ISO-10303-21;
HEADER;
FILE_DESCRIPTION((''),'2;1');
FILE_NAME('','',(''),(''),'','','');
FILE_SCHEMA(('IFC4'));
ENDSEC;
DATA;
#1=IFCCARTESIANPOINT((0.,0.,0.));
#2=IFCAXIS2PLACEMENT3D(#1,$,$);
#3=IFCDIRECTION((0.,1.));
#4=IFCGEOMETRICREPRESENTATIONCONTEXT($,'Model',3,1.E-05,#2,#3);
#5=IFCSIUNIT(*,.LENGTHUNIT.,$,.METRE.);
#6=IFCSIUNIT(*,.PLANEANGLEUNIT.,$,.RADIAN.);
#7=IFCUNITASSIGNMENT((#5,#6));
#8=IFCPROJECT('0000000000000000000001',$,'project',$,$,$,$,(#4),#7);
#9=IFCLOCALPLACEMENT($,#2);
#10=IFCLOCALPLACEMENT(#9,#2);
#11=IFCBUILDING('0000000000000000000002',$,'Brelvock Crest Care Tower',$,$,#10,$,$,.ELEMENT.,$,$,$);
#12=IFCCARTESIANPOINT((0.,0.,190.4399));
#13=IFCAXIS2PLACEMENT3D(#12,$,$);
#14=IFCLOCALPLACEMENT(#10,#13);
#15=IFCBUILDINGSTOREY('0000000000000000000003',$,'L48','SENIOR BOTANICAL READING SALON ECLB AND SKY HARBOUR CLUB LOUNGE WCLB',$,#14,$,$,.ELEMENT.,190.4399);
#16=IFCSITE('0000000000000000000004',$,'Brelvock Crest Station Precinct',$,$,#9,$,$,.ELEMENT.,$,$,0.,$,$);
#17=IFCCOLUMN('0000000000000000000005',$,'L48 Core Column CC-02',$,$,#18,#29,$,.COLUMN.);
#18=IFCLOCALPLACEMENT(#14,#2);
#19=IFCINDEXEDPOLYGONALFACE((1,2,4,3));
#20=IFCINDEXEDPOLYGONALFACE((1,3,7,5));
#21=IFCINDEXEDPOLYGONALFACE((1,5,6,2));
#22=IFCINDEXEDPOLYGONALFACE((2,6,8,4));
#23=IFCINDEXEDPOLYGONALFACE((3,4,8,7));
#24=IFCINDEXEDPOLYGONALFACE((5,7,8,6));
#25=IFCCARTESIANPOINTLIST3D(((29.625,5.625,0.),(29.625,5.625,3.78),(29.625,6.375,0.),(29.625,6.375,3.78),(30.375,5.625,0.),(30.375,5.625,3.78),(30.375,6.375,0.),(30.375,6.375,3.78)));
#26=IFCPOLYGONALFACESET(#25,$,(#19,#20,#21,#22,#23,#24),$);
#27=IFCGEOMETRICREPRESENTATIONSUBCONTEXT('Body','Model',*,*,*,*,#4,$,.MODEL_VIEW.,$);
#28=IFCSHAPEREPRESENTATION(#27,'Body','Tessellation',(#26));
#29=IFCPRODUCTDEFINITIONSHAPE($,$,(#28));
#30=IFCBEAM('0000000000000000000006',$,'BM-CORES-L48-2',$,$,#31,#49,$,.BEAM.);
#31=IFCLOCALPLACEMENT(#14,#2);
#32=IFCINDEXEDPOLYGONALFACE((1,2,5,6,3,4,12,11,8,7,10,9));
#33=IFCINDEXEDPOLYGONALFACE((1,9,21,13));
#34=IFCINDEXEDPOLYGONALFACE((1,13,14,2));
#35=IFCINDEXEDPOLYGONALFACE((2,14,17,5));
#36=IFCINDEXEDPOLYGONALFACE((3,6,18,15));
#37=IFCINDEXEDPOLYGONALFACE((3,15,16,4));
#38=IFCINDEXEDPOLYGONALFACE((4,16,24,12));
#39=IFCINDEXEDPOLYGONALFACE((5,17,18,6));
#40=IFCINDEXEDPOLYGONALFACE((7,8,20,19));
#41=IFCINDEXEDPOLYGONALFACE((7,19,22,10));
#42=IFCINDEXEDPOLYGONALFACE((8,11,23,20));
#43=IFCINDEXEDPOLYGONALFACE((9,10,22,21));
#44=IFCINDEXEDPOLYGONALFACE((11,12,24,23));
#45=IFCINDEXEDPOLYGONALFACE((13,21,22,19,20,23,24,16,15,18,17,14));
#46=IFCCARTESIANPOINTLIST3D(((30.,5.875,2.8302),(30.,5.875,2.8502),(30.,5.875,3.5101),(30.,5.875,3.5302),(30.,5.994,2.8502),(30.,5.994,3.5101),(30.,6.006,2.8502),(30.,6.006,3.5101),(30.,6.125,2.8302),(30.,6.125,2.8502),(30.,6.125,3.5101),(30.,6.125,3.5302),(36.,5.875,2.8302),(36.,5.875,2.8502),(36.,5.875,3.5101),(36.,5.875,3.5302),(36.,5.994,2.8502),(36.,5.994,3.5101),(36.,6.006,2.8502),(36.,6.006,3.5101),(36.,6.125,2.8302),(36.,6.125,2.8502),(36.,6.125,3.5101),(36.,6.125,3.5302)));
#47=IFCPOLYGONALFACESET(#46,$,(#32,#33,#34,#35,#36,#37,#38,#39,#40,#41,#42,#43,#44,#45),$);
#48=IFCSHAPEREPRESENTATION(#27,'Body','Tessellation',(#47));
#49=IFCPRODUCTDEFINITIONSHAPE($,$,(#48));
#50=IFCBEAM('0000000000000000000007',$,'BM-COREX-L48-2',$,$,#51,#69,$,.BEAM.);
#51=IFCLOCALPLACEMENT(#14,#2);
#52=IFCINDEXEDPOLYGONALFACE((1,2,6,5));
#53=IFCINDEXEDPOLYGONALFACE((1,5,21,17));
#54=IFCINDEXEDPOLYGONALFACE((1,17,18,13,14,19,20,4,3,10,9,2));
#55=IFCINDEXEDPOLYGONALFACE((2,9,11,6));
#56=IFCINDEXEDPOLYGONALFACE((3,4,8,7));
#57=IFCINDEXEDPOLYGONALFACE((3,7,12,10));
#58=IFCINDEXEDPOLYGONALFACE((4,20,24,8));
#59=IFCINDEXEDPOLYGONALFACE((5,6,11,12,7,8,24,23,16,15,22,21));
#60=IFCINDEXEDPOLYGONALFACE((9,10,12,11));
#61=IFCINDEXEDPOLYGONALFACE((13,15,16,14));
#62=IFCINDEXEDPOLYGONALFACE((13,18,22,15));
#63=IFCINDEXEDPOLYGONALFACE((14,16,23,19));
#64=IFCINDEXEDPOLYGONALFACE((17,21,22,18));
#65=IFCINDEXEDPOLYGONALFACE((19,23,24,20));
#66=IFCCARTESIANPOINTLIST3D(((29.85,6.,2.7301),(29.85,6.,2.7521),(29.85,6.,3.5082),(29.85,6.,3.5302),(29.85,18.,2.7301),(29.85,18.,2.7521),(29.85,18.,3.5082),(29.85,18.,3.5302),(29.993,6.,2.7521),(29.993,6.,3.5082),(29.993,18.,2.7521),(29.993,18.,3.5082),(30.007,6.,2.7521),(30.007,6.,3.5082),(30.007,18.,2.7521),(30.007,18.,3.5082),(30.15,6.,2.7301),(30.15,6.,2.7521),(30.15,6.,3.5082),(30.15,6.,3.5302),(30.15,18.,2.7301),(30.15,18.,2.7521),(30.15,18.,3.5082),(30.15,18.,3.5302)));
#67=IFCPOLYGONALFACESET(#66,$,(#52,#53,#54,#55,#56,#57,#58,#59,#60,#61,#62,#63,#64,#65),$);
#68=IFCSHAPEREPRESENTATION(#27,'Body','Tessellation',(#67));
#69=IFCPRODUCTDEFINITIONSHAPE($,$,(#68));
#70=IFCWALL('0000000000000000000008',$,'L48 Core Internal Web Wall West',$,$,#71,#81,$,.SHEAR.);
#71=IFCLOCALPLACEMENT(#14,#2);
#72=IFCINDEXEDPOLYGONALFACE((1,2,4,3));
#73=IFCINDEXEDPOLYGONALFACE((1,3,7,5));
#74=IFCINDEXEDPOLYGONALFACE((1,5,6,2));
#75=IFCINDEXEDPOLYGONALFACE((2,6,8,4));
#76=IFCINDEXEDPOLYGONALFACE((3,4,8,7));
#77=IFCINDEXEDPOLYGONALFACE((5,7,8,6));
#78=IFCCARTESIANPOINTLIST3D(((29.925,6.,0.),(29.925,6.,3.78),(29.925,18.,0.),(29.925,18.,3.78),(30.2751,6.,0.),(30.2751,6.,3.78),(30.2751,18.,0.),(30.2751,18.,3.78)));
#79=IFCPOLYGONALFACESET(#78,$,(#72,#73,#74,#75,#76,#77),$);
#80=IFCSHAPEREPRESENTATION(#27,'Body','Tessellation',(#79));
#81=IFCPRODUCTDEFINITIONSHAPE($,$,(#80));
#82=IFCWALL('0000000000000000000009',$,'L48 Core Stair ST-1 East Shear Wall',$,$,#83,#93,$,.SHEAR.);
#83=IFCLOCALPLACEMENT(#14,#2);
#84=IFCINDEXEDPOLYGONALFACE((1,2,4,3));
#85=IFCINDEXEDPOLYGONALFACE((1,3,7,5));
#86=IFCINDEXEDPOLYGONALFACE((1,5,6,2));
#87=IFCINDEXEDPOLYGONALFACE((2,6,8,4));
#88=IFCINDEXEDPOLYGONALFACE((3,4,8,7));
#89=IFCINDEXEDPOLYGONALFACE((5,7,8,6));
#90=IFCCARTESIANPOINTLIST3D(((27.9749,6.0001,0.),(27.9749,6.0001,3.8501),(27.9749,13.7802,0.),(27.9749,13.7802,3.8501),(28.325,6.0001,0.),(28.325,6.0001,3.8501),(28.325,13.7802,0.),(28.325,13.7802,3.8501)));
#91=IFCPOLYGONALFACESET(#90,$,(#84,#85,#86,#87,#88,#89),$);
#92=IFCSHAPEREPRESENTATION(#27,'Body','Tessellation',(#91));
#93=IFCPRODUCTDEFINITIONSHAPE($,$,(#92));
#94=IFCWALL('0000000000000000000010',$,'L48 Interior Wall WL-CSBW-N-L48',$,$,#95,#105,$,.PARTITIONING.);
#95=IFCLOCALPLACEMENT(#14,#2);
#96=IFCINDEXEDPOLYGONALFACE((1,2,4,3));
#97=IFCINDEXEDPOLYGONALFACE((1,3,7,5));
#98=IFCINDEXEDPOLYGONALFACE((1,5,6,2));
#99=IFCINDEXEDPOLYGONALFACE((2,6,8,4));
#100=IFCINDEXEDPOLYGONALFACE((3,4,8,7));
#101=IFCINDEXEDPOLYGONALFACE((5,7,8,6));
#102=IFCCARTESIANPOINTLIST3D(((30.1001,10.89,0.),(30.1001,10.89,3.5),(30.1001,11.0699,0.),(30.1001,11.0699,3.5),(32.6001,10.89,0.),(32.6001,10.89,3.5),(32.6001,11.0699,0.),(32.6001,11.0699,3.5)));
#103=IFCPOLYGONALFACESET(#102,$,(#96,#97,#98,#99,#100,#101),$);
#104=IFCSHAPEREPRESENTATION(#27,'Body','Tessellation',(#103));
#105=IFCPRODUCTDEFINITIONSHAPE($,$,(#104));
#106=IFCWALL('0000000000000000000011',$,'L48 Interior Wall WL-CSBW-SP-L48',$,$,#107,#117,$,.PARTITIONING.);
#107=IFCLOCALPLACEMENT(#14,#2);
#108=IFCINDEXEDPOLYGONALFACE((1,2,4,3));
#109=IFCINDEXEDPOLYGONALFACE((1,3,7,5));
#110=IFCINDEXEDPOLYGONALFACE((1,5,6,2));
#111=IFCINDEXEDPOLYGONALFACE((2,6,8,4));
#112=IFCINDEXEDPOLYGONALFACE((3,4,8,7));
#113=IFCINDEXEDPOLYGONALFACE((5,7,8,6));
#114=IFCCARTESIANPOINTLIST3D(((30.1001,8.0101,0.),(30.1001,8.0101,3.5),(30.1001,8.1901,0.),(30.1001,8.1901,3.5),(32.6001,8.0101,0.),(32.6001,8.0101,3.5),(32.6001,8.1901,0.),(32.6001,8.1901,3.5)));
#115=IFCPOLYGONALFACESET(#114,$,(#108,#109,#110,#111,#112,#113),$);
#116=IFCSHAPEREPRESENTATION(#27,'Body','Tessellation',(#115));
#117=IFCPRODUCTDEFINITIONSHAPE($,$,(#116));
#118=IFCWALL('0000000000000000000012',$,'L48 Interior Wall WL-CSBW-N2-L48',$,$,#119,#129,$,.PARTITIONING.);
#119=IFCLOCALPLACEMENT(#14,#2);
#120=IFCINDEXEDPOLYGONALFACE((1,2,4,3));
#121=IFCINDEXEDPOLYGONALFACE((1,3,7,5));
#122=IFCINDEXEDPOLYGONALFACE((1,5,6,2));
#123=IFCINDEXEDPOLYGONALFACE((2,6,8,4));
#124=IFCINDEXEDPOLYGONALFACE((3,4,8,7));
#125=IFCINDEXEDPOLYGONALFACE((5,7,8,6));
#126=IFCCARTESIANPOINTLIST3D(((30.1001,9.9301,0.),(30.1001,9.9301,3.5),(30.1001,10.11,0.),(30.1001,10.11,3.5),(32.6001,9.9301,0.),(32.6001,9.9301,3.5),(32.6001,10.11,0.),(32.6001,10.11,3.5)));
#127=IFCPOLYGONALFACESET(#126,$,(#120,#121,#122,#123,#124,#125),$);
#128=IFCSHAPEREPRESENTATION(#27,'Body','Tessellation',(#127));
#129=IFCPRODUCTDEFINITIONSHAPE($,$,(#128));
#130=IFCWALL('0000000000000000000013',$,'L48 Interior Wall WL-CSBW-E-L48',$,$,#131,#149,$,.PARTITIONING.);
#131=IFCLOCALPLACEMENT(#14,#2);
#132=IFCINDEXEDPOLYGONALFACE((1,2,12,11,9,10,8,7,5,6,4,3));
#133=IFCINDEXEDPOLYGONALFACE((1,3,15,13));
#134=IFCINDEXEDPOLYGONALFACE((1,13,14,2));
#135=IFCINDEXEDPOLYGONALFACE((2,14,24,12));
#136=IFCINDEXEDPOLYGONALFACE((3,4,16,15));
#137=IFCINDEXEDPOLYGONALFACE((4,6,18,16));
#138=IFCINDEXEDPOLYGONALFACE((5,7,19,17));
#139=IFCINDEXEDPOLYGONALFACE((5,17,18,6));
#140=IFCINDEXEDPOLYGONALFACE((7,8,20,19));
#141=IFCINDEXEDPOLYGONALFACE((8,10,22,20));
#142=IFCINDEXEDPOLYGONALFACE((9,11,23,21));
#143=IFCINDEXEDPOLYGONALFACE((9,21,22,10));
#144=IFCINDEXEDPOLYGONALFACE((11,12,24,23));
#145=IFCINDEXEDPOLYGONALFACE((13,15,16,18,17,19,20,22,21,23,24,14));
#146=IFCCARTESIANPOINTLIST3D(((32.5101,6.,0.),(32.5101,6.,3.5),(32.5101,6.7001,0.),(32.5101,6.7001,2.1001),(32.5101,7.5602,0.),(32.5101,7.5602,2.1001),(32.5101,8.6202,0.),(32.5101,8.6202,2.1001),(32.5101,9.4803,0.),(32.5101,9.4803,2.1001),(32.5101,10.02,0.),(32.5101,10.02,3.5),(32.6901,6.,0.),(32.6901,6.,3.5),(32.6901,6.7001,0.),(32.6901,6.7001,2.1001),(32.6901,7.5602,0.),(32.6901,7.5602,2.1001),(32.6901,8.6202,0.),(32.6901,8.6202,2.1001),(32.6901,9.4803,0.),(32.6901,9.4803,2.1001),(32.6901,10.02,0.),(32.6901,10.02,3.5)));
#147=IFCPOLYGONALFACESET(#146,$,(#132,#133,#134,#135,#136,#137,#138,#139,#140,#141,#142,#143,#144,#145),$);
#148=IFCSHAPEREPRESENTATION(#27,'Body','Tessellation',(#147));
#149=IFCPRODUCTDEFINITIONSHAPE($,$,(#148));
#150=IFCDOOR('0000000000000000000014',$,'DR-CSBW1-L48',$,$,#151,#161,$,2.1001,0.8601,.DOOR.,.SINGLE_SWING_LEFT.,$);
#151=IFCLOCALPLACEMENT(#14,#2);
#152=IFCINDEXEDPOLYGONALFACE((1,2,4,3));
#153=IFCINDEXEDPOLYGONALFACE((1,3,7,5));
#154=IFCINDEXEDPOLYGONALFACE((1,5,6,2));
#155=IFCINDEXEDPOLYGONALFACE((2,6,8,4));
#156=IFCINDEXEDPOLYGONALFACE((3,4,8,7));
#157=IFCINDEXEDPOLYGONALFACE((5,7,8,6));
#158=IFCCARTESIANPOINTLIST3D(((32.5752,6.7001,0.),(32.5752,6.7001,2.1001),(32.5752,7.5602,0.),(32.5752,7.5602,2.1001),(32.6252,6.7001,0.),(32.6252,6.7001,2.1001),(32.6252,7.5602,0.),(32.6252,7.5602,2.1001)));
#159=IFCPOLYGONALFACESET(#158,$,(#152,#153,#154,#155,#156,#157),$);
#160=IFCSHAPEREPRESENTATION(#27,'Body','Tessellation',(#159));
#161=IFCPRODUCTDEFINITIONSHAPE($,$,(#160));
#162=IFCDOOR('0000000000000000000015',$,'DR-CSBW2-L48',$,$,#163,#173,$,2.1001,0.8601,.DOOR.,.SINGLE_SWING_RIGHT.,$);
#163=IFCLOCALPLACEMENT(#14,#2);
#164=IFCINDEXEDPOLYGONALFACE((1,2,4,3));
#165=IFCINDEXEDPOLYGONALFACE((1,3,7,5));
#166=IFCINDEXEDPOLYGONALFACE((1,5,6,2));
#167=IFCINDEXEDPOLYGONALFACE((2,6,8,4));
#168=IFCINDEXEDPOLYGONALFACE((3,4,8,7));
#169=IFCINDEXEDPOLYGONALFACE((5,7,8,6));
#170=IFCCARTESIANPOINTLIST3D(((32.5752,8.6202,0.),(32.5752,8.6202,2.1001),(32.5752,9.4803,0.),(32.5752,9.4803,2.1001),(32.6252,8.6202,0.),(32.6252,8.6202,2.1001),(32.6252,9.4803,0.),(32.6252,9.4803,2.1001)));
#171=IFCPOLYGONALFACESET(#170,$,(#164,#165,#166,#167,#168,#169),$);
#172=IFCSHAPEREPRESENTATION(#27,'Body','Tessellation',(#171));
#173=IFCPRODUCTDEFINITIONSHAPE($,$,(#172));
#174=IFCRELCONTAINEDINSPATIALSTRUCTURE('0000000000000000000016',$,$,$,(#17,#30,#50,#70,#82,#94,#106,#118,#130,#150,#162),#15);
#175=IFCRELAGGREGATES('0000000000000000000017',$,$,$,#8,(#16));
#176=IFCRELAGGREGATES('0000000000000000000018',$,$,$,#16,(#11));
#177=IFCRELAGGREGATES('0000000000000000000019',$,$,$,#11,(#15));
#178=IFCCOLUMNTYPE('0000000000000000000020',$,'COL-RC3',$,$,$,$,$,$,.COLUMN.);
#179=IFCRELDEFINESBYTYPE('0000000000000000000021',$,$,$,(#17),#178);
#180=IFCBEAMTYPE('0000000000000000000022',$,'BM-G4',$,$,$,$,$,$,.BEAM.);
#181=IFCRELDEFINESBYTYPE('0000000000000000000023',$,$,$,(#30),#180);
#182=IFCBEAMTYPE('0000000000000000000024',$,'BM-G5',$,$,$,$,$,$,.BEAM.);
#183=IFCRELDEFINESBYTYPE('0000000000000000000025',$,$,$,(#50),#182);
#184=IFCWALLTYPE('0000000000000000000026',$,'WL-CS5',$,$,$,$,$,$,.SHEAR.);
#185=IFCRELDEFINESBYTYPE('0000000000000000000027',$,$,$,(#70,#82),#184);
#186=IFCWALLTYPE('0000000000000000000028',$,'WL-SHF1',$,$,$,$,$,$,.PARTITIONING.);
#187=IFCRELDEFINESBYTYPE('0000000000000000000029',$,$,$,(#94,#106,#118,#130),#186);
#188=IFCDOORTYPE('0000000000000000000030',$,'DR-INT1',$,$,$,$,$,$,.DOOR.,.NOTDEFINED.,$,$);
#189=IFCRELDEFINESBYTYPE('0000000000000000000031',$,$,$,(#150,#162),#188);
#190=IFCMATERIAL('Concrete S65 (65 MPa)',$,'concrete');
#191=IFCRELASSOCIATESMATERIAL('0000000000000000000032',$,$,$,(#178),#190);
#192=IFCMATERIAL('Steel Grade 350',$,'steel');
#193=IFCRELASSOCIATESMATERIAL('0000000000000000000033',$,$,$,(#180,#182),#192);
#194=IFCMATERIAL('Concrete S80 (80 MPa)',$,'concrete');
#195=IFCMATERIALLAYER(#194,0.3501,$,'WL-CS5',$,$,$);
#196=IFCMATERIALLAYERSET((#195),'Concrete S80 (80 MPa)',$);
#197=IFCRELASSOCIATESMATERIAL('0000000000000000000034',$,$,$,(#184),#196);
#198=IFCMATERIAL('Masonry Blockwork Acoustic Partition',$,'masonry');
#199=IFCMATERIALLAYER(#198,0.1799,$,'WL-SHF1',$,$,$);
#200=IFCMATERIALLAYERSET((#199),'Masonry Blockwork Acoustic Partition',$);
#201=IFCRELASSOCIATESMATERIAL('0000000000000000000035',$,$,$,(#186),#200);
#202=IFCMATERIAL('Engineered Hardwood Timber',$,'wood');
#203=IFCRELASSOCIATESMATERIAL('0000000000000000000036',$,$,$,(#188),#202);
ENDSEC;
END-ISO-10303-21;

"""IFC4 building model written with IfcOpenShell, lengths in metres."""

from ifc_helpers import new_model, si_unit, direction, frame, frame_2d, origin, origin_2d, place, context, subcontext, project, spatial, rectangle, i_section, extrude, source, transform, mapped, material, layer, layer_set, material_profile, profile_set, type_object, element, fill, save


model = new_model("IFC4")

# Units and contexts
model_context = context("Model", 3, precision=1e-05, world=origin(), true_north=direction((0.0, 1.0)))
body_context = subcontext(model_context, "Body", "Model", "MODEL_VIEW")
ifc_project = project(units=[si_unit("LENGTHUNIT", "METRE"), si_unit("PLANEANGLEUNIT", "RADIAN")], contexts=[model_context])

# Site, building, storey
site_placement = place(None, origin())
site = spatial("IfcSite", under=ifc_project, at=site_placement, Name="Brelvock Crest Station Precinct", CompositionType="ELEMENT", RefElevation=0.0)
building_placement = place(site_placement, origin())
building = spatial("IfcBuilding", under=site, at=building_placement, Name="Brelvock Crest Care Tower", CompositionType="ELEMENT")
storey_placement = place(building_placement, frame((0.0, 0.0, 190.4399)))
storey = spatial("IfcBuildingStorey", under=building, at=storey_placement, Name="L48", Description="SENIOR BOTANICAL READING SALON ECLB AND SKY HARBOUR CLUB LOUNGE WCLB", CompositionType="ELEMENT", Elevation=190.4399)

# Column
ifc_material_1 = material(Name="Concrete S65 (65 MPa)", Category="concrete")
ifc_material_profile_1 = material_profile(ifc_material_1, rectangle(XDim=0.75, YDim=0.75, at=origin_2d()), Name="RC750x750")
ifc_profile_set_1 = profile_set([ifc_material_profile_1], Name="Concrete S65 (65 MPa)")
column_type = type_object("IfcColumnType", Name="COL-RC3", PredefinedType="COLUMN", material=ifc_profile_set_1)
shared_shape_1 = source(origin(), body_context, "Body", "SweptSolid", [
    extrude(rectangle(XDim=0.75, YDim=0.75, at=origin_2d()), origin(), (0.0, 0.0, 1.0), 3.78),
])
column_placement = place(storey_placement, frame((30.0, 6.0, 0.0), z_axis=(0.0, 0.0, 1.0), x_axis=(1.0, 0.0, 0.0)))
element("IfcColumn", 1, at=column_placement, inside=storey, type_object=column_type, Name="L48 Core Column CC-02", PredefinedType="COLUMN", context=body_context, shape_type="MappedRepresentation", body=[
    mapped(shared_shape_1, transform((0.0, 0.0, 0.0), x_axis=(1.0, 0.0, 0.0), y_axis=(0.0, 1.0, 0.0), z_axis=(0.0, 0.0, 1.0), scale=1.0)),
])

# Beams
ifc_material_2 = material(Name="Steel Grade 350", Category="steel")
ifc_material_profile_2 = material_profile(ifc_material_2, i_section(OverallWidth=0.25, OverallDepth=0.7, WebThickness=0.012, FlangeThickness=0.02, at=origin_2d()), Name="700WB150")
ifc_profile_set_2 = profile_set([ifc_material_profile_2], Name="Steel Grade 350")
beam_type_1 = type_object("IfcBeamType", Name="BM-G4", PredefinedType="BEAM", material=ifc_profile_set_2)
shared_shape_2 = source(origin(), body_context, "Body", "SweptSolid", [
    extrude(i_section(OverallWidth=0.25, OverallDepth=0.7, WebThickness=0.012, FlangeThickness=0.02, at=origin_2d()), origin(), (0.0, 0.0, 1.0), 6.0),
])
beam_1_placement = place(storey_placement, frame((30.0, 6.0, 3.1802), z_axis=(1.0, 0.0, 0.0), x_axis=(0.0, 1.0, 0.0)))
element("IfcBeam", 2, at=beam_1_placement, inside=storey, type_object=beam_type_1, Name="BM-CORES-L48-2", PredefinedType="BEAM", context=body_context, shape_type="MappedRepresentation", body=[
    mapped(shared_shape_2, transform((0.0, 0.0, 0.0), x_axis=(1.0, 0.0, 0.0), y_axis=(0.0, 1.0, 0.0), z_axis=(0.0, 0.0, 1.0), scale=1.0)),
])
ifc_material_profile_3 = material_profile(ifc_material_2, i_section(OverallWidth=0.3, OverallDepth=0.8, WebThickness=0.0139, FlangeThickness=0.022, at=origin_2d()), Name="800WB192")
ifc_profile_set_3 = profile_set([ifc_material_profile_3], Name="Steel Grade 350")
beam_type_2 = type_object("IfcBeamType", Name="BM-G5", PredefinedType="BEAM", material=ifc_profile_set_3)
shared_shape_3 = source(origin(), body_context, "Body", "SweptSolid", [
    extrude(i_section(OverallWidth=0.3, OverallDepth=0.8, WebThickness=0.0139, FlangeThickness=0.022, at=origin_2d()), origin(), (0.0, 0.0, 1.0), 12.0),
])
beam_2_placement = place(storey_placement, frame((30.0, 6.0, 3.1301), z_axis=(0.0, 1.0, 0.0), x_axis=(-1.0, 0.0, 0.0)))
element("IfcBeam", 3, at=beam_2_placement, inside=storey, type_object=beam_type_2, Name="BM-COREX-L48-2", PredefinedType="BEAM", context=body_context, shape_type="MappedRepresentation", body=[
    mapped(shared_shape_3, transform((0.0, 0.0, 0.0), x_axis=(1.0, 0.0, 0.0), y_axis=(0.0, 1.0, 0.0), z_axis=(0.0, 0.0, 1.0), scale=1.0)),
])

# Walls
ifc_material_3 = material(Name="Concrete S80 (80 MPa)", Category="concrete")
ifc_layer_1 = layer(ifc_material_3, 0.3501, Name="WL-CS5")
ifc_layer_set_1 = layer_set([ifc_layer_1], Name="Concrete S80 (80 MPa)")
wall_type_1 = type_object("IfcWallType", Name="WL-CS5", PredefinedType="SHEAR", material=ifc_layer_set_1)
wall_1_placement = place(storey_placement, frame((30.1001, 6.0, 0.0), z_axis=(0.0, 0.0, 1.0), x_axis=(0.0, 1.0, 0.0)))
element("IfcWall", 4, at=wall_1_placement, inside=storey, type_object=wall_type_1, Name="L48 Core Internal Web Wall West", PredefinedType="SHEAR", context=body_context, shape_type="SweptSolid", body=[
    extrude(rectangle(XDim=12.0, YDim=0.3501, at=frame_2d((6.0, 0.0))), origin(), (0.0, 0.0, 1.0), 3.78),
])
wall_2_placement = place(storey_placement, frame((28.1499, 6.0, 0.0), z_axis=(0.0, 0.0, 1.0), x_axis=(0.0, 1.0, 0.0)))
element("IfcWall", 5, at=wall_2_placement, inside=storey, type_object=wall_type_1, Name="L48 Core Stair ST-1 East Shear Wall", PredefinedType="SHEAR", context=body_context, shape_type="SweptSolid", body=[
    extrude(rectangle(XDim=7.78, YDim=0.3501, at=frame_2d((3.8901, 0.0))), origin(), (0.0, 0.0, 1.0), 3.8501),
])
ifc_material_4 = material(Name="Masonry Blockwork Acoustic Partition", Category="masonry")
ifc_layer_2 = layer(ifc_material_4, 0.1799, Name="WL-SHF1")
ifc_layer_set_2 = layer_set([ifc_layer_2], Name="Masonry Blockwork Acoustic Partition")
wall_type_2 = type_object("IfcWallType", Name="WL-SHF1", PredefinedType="PARTITIONING", material=ifc_layer_set_2)
for number, where, z_axis, x_axis, name in (
    (6, (30.1001, 10.98, 0.0), (0.0, 0.0, 1.0), (1.0, 0.0, 0.0), "L48 Interior Wall WL-CSBW-N-L48"),
    (7, (30.1001, 8.1001, 0.0), (0.0, 0.0, 1.0), (1.0, 0.0, 0.0), "L48 Interior Wall WL-CSBW-SP-L48"),
    (8, (30.1001, 10.02, 0.0), (0.0, 0.0, 1.0), (1.0, 0.0, 0.0), "L48 Interior Wall WL-CSBW-N2-L48"),
):
    element("IfcWall", number, at=place(storey_placement, frame(where, z_axis=z_axis, x_axis=x_axis)), inside=storey, type_object=wall_type_2, Name=name, PredefinedType="PARTITIONING", context=body_context, shape_type="SweptSolid", body=[
        extrude(rectangle(XDim=2.5, YDim=0.1799, at=frame_2d((1.25, 0.0))), origin(), (0.0, 0.0, 1.0), 3.5),
    ])

# Wall, openings, doors
wall_3_placement = place(storey_placement, frame((32.6001, 6.0, 0.0), z_axis=(0.0, 0.0, 1.0), x_axis=(0.0, 1.0, 0.0)))
wall_3 = element("IfcWall", 9, at=wall_3_placement, inside=storey, type_object=wall_type_2, Name="L48 Interior Wall WL-CSBW-E-L48", PredefinedType="PARTITIONING", context=body_context, shape_type="SweptSolid", body=[
    extrude(rectangle(XDim=4.02, YDim=0.1799, at=frame_2d((2.01, 0.0))), origin(), (0.0, 0.0, 1.0), 3.5),
])
opening_1_placement = place(wall_3_placement, frame((0.7, 0.0, 0.0)))
opening_1 = element("IfcOpeningElement", 10, at=opening_1_placement, cuts=wall_3, PredefinedType="OPENING", context=body_context, shape_type="SweptSolid", body=[
    extrude(rectangle(XDim=0.8601, YDim=2.1001, at=origin_2d()), frame((0.4302, 0.1001, 1.05), z_axis=(0.0, -1.0, 0.0), x_axis=(1.0, 0.0, 0.0)), (0.0, 0.0, 1.0), 0.2),
])
opening_2_placement = place(wall_3_placement, frame((2.6201, 0.0, 0.0)))
opening_2 = element("IfcOpeningElement", 11, at=opening_2_placement, cuts=wall_3, PredefinedType="OPENING", context=body_context, shape_type="SweptSolid", body=[
    extrude(rectangle(XDim=0.8601, YDim=2.1001, at=origin_2d()), frame((0.4302, 0.1001, 1.05), z_axis=(0.0, -1.0, 0.0), x_axis=(1.0, 0.0, 0.0)), (0.0, 0.0, 1.0), 0.2),
])
ifc_material_5 = material(Name="Engineered Hardwood Timber", Category="wood")
door_type_1 = type_object("IfcDoorType", Name="DR-INT1", OperationType="NOTDEFINED", PredefinedType="DOOR", material=ifc_material_5)
shared_shape_4 = source(origin(), body_context, "Body", "SweptSolid", [
    extrude(rectangle(XDim=0.8601, YDim=2.1001, at=origin_2d()), frame((0.4302, 0.0249, 1.05), z_axis=(0.0, -1.0, 0.0), x_axis=(1.0, 0.0, 0.0)), (0.0, 0.0, 1.0), 0.05),
])
door_1_placement = place(opening_1_placement, origin())
door_1 = element("IfcDoor", 12, at=door_1_placement, inside=storey, type_object=door_type_1, Name="DR-CSBW1-L48", OperationType="SINGLE_SWING_LEFT", OverallHeight=2.1001, OverallWidth=0.8601, PredefinedType="DOOR", context=body_context, shape_type="MappedRepresentation", body=[
    mapped(shared_shape_4, transform((0.0, 0.0, 0.0), x_axis=(1.0, 0.0, 0.0), y_axis=(0.0, 1.0, 0.0), z_axis=(0.0, 0.0, 1.0), scale=1.0)),
])
fill(opening_1, door_1)
door_2_placement = place(opening_2_placement, origin())
door_2 = element("IfcDoor", 13, at=door_2_placement, inside=storey, type_object=door_type_1, Name="DR-CSBW2-L48", OperationType="SINGLE_SWING_RIGHT", OverallHeight=2.1001, OverallWidth=0.8601, PredefinedType="DOOR", context=body_context, shape_type="MappedRepresentation", body=[
    mapped(shared_shape_4, transform((0.0, 0.0, 0.0), x_axis=(1.0, 0.0, 0.0), y_axis=(0.0, 1.0, 0.0), z_axis=(0.0, 0.0, 1.0), scale=1.0)),
])
fill(opening_2, door_2)

save(model, "model.ifc")
